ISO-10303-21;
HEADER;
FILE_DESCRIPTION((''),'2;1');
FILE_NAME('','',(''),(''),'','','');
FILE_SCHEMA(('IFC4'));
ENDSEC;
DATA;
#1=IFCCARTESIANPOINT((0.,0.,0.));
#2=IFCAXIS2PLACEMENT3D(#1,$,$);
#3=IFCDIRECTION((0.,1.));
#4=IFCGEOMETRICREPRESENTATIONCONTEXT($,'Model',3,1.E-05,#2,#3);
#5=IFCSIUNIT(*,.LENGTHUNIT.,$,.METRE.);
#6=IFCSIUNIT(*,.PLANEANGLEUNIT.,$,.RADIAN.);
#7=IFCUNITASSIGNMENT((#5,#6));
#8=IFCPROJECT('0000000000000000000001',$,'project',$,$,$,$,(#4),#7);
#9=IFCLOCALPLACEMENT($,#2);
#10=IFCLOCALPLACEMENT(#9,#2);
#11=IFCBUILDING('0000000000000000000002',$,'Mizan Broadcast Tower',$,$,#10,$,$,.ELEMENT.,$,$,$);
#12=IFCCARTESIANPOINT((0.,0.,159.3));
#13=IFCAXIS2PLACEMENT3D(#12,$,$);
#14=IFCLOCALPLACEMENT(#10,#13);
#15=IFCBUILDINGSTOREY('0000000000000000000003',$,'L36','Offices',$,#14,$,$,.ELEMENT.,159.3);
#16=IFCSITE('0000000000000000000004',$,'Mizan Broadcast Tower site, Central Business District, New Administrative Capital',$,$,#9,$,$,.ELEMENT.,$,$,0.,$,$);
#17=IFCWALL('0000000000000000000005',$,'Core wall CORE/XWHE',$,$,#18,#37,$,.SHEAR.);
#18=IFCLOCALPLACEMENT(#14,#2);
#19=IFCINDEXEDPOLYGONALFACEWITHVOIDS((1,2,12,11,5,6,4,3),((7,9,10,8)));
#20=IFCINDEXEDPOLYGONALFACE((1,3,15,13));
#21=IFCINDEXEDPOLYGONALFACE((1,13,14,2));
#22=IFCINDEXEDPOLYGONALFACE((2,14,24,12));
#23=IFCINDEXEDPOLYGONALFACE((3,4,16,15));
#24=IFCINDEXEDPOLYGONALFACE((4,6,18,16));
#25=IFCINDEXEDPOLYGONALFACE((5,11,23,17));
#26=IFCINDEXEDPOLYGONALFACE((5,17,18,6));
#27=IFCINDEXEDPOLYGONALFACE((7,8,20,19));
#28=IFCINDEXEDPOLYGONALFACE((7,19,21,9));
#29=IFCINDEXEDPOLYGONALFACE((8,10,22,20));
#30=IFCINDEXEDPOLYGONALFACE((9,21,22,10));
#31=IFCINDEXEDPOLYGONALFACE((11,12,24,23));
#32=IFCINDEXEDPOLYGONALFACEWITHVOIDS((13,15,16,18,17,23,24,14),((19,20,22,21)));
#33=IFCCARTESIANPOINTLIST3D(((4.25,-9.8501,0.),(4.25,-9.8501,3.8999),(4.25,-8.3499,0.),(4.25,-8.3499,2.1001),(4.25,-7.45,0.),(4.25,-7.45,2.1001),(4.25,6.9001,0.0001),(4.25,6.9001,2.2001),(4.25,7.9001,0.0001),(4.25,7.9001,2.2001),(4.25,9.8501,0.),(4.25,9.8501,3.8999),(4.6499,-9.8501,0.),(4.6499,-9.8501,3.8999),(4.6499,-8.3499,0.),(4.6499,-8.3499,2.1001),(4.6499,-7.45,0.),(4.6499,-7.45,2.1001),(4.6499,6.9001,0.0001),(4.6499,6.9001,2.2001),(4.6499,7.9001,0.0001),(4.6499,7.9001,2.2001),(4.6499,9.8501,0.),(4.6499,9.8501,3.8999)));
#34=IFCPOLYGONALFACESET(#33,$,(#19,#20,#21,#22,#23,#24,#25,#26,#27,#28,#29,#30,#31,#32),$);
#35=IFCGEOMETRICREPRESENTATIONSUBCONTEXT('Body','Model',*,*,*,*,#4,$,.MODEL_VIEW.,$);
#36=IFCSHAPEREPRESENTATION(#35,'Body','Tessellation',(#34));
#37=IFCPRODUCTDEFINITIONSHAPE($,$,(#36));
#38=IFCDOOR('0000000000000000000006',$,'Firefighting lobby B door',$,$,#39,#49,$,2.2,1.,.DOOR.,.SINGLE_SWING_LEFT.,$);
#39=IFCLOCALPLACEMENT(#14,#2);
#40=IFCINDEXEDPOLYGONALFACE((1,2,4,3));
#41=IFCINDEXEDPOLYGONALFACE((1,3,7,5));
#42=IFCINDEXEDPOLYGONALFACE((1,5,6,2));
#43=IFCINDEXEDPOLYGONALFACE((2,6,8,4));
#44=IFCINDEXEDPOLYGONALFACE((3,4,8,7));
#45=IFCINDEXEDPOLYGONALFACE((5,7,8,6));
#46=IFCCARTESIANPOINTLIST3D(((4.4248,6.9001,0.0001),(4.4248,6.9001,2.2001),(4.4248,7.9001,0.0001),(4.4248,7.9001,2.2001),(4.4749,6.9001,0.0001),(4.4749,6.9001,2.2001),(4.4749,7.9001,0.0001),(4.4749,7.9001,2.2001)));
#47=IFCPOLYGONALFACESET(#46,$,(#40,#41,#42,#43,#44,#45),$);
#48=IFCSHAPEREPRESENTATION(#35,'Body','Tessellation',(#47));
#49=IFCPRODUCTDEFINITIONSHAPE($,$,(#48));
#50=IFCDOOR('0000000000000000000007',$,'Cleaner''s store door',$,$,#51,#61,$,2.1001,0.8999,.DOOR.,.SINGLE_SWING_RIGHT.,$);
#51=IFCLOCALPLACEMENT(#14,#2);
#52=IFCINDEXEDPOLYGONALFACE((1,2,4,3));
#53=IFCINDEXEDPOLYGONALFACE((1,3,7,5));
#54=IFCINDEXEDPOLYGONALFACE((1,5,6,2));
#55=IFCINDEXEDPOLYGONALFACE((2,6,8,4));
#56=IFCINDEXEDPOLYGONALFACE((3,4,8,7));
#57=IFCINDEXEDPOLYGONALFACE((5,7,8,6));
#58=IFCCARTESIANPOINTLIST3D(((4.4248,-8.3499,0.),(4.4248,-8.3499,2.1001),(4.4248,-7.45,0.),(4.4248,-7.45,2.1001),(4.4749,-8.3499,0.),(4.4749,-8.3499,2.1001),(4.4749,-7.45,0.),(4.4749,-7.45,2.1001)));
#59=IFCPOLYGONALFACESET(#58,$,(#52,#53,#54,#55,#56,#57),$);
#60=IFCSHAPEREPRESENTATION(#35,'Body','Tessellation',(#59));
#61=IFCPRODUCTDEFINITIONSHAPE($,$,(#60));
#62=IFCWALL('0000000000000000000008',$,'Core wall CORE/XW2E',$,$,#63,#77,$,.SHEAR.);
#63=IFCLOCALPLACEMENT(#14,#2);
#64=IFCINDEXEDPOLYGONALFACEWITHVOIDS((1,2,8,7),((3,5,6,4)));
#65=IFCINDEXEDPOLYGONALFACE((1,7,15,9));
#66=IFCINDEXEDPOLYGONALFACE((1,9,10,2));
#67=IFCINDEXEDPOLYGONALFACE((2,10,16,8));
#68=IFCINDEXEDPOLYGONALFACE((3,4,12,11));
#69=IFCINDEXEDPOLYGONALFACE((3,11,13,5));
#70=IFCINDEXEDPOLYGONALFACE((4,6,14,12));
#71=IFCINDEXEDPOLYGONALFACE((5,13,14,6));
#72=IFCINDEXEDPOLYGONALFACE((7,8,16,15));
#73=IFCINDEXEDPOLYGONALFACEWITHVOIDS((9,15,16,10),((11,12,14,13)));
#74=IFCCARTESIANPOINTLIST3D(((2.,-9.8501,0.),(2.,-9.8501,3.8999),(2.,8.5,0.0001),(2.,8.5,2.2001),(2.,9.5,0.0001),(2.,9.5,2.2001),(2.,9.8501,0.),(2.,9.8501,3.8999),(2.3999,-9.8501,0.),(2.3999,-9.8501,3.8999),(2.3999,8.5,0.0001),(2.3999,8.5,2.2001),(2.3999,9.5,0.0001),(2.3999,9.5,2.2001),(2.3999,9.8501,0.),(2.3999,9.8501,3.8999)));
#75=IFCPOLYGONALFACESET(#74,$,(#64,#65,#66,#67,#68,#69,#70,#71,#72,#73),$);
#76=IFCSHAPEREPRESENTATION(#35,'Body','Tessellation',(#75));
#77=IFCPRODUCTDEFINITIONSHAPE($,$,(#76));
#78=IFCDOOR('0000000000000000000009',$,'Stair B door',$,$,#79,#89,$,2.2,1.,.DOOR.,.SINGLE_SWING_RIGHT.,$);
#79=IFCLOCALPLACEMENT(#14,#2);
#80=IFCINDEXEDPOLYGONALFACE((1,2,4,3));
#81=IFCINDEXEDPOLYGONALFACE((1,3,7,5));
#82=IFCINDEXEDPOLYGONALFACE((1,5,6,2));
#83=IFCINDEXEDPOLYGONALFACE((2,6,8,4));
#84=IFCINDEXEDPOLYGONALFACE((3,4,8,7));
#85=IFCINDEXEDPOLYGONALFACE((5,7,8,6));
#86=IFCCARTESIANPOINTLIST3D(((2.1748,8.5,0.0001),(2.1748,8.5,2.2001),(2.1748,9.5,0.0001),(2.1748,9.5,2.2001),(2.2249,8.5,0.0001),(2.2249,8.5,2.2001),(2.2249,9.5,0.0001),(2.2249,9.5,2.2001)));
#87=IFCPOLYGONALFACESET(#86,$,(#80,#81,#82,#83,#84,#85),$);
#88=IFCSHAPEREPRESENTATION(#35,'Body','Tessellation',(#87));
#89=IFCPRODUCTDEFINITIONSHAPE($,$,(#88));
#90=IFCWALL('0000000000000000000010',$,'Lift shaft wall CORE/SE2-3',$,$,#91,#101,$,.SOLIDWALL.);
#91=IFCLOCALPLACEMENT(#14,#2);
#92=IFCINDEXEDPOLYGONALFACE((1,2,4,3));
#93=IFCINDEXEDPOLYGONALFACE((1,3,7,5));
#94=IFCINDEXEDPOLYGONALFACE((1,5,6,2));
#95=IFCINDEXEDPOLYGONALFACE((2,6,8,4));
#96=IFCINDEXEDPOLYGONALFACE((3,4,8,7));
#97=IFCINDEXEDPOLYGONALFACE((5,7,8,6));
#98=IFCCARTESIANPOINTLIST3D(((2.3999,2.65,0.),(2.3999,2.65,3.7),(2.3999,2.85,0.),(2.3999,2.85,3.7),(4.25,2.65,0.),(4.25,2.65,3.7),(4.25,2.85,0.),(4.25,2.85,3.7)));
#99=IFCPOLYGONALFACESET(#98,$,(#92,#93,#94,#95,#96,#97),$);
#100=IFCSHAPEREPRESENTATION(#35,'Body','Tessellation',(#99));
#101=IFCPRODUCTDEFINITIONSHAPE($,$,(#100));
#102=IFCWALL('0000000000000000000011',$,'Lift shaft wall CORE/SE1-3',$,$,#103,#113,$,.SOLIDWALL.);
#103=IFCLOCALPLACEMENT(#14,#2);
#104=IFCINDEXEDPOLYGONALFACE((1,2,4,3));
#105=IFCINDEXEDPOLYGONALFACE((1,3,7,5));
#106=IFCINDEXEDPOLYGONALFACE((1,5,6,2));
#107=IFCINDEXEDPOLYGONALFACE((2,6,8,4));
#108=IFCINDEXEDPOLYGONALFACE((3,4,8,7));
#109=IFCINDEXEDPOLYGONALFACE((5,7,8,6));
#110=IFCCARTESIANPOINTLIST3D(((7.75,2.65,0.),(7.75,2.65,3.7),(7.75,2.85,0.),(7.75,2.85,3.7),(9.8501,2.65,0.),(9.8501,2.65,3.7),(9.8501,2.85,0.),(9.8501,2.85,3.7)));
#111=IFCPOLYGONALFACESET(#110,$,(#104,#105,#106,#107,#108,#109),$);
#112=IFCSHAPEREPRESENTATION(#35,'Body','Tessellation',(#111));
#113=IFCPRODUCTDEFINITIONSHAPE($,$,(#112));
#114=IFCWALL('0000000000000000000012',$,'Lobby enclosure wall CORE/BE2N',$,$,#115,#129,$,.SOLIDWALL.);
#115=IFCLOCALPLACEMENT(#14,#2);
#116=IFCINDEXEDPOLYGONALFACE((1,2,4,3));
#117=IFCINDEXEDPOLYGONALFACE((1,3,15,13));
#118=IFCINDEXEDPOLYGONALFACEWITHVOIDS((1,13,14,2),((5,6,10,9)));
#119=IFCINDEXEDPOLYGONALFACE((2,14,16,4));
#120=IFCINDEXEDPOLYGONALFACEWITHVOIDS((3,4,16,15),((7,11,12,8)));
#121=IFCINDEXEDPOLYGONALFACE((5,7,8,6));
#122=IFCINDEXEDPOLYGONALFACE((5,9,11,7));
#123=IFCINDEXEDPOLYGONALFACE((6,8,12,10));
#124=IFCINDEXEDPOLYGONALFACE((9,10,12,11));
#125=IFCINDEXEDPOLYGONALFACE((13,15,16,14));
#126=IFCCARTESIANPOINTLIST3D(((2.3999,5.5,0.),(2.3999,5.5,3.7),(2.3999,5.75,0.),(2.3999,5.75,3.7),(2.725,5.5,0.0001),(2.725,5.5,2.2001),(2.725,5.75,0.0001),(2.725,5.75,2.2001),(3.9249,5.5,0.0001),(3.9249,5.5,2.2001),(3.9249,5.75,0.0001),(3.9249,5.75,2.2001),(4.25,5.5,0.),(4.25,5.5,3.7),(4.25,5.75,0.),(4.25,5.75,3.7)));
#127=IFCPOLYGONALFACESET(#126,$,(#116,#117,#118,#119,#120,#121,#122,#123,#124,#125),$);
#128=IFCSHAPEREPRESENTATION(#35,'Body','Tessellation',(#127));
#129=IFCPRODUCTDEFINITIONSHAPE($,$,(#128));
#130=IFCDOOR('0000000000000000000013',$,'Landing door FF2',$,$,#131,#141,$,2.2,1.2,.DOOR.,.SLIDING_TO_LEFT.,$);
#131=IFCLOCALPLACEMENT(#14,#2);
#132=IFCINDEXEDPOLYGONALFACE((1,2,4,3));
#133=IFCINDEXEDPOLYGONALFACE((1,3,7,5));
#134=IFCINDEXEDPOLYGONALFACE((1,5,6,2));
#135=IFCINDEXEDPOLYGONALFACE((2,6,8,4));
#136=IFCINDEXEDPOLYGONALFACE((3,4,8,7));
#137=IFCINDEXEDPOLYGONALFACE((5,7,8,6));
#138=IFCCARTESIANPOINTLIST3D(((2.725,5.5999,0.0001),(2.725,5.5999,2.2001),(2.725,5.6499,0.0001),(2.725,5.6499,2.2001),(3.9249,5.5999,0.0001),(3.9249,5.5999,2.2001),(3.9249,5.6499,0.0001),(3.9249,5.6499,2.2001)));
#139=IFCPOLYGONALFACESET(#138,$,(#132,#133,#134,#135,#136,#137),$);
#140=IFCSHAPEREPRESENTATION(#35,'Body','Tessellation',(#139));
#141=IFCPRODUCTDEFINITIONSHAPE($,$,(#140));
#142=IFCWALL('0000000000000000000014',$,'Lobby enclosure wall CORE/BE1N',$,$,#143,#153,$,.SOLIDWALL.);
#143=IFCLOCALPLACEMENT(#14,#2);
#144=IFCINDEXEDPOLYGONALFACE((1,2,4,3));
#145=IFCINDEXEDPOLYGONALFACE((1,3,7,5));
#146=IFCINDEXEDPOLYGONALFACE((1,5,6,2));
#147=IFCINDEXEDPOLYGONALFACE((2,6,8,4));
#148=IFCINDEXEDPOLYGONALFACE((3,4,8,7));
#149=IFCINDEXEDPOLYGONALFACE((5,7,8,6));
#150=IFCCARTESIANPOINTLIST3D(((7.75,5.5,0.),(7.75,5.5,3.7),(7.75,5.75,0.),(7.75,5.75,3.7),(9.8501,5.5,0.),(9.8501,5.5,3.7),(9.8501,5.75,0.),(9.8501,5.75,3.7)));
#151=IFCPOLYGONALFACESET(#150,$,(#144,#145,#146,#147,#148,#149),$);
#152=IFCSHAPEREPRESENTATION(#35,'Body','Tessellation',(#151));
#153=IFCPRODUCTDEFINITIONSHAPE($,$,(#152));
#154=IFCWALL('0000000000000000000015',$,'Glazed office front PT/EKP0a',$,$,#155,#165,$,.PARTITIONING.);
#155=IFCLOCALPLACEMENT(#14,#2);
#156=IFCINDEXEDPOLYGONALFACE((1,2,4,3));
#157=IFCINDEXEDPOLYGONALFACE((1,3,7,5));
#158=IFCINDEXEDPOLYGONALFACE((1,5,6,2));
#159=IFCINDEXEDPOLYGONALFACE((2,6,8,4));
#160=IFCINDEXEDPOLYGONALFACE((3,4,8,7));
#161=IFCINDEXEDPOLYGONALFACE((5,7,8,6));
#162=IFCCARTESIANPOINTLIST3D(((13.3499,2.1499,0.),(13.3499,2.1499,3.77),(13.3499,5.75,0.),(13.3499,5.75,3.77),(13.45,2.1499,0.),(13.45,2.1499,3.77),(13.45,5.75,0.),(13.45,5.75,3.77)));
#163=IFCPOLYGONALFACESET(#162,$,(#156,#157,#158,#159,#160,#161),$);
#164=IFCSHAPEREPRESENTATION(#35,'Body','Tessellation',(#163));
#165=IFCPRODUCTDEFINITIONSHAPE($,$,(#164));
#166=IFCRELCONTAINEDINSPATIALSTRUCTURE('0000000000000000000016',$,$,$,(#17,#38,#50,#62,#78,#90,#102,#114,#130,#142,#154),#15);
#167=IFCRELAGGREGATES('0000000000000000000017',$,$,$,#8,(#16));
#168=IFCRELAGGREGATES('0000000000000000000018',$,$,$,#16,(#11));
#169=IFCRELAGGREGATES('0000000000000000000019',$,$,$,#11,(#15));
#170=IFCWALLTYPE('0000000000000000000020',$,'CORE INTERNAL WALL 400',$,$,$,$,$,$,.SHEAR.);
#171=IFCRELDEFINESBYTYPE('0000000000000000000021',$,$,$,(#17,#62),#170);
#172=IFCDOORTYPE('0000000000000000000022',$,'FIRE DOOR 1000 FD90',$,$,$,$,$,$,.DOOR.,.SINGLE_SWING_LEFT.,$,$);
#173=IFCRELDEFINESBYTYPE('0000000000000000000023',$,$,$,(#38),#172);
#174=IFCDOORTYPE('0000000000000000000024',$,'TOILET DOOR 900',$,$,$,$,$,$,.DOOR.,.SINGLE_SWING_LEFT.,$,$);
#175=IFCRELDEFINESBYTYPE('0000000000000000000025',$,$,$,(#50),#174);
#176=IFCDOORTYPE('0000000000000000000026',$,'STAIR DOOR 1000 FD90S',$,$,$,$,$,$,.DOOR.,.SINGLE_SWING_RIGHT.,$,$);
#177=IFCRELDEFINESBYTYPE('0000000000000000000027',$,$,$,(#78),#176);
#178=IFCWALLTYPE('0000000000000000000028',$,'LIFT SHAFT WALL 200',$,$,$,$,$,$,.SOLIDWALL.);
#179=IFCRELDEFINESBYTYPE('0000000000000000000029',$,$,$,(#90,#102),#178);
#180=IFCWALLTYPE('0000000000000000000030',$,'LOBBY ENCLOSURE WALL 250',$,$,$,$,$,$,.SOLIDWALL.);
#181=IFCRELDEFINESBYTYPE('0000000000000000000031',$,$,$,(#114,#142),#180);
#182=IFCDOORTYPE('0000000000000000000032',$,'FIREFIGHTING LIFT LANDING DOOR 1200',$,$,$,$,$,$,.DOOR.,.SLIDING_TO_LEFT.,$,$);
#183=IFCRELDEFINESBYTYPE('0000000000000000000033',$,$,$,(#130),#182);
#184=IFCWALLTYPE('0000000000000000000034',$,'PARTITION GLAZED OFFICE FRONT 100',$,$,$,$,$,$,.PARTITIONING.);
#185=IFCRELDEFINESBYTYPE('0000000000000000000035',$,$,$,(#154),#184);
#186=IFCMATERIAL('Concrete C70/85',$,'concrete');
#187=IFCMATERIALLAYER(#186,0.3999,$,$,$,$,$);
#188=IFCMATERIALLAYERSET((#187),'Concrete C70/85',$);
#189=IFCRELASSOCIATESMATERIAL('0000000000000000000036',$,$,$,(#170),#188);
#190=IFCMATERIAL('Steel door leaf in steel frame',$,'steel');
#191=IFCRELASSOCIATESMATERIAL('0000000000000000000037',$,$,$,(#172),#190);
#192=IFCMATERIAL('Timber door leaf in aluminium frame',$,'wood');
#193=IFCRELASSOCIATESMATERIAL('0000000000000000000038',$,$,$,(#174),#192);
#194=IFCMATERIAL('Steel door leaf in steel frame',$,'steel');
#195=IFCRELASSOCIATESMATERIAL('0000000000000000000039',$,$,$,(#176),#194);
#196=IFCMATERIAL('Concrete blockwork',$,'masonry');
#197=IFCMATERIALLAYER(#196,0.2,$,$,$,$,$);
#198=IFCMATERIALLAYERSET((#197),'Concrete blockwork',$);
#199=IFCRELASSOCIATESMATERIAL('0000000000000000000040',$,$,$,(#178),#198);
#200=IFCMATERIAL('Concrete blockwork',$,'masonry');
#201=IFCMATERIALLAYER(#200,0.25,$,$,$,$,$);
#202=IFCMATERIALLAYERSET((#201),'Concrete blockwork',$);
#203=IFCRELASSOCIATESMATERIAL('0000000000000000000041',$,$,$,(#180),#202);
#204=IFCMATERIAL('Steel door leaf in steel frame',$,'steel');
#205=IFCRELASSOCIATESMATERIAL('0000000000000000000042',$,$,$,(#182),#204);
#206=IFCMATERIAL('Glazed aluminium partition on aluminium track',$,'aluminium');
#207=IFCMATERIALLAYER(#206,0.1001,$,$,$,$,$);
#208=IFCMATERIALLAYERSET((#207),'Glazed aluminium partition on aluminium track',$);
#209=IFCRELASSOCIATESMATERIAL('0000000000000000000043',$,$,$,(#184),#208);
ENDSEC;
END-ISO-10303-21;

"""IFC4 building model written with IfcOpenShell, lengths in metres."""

from ifc_helpers import new_model, si_unit, direction, frame, frame_2d, origin, place, context, subcontext, project, spatial, rectangle, extrude, material, layer, layer_set, type_object, element, fill, save


model = new_model("IFC4")

# Units and contexts
model_context = context("Model", 3, precision=1e-05, world=origin(), true_north=direction((0.0, 1.0)))
body_context = subcontext(model_context, "Body", "Model", "MODEL_VIEW")
ifc_project = project(units=[si_unit("LENGTHUNIT", "METRE"), si_unit("PLANEANGLEUNIT", "RADIAN")], contexts=[model_context])

# Site, building, storey
site_placement = place(None, origin())
site = spatial("IfcSite", under=ifc_project, at=site_placement, Name="Mizan Broadcast Tower site, Central Business District, New Administrative Capital", CompositionType="ELEMENT", RefElevation=0.0)
building_placement = place(site_placement, origin())
building = spatial("IfcBuilding", under=site, at=building_placement, Name="Mizan Broadcast Tower", CompositionType="ELEMENT")
storey_placement = place(building_placement, frame((0.0, 0.0, 159.3)))
storey = spatial("IfcBuildingStorey", under=building, at=storey_placement, Name="L36", Description="Offices", CompositionType="ELEMENT", Elevation=159.3)

# Wall, openings, doors
ifc_material_1 = material(Name="Concrete C70/85", Category="concrete")
ifc_layer_1 = layer(ifc_material_1, 0.3999)
ifc_layer_set_1 = layer_set([ifc_layer_1], Name="Concrete C70/85")
wall_type_1 = type_object("IfcWallType", Name="CORE INTERNAL WALL 400", PredefinedType="SHEAR", material=ifc_layer_set_1)
wall_1_placement = place(storey_placement, frame((4.45, 9.8501, 0.0), z_axis=(0.0, 0.0, 1.0), x_axis=(0.0, -1.0, 0.0)))
wall_1 = element("IfcWall", 1, at=wall_1_placement, inside=storey, type_object=wall_type_1, Name="Core wall CORE/XWHE", PredefinedType="SHEAR", context=body_context, shape_type="SweptSolid", body=[
    extrude(rectangle(XDim=19.7002, YDim=0.3999, at=frame_2d((9.8501, 0.0))), origin(), (0.0, 0.0, 1.0), 3.8999),
])
opening_1_placement = place(wall_1_placement, frame((1.95, 0.0, 0.0)))
opening_1 = element("IfcOpeningElement", 2, at=opening_1_placement, cuts=wall_1, PredefinedType="OPENING", context=body_context, shape_type="SweptSolid", body=[
    extrude(rectangle(XDim=1.0, YDim=2.2, at=frame_2d((0.5, 1.1001))), frame((0.0, 0.21, 0.0), z_axis=(0.0, -1.0, 0.0), x_axis=(1.0, 0.0, 0.0)), (0.0, 0.0, 1.0), 0.4199),
])
opening_2_placement = place(wall_1_placement, frame((17.3, 0.0, 0.0)))
opening_2 = element("IfcOpeningElement", 3, at=opening_2_placement, cuts=wall_1, PredefinedType="OPENING", context=body_context, shape_type="SweptSolid", body=[
    extrude(rectangle(XDim=0.8999, YDim=2.1001, at=frame_2d((0.45, 1.05))), frame((0.0, 0.21, 0.0), z_axis=(0.0, -1.0, 0.0), x_axis=(1.0, 0.0, 0.0)), (0.0, 0.0, 1.0), 0.4199),
])
ifc_material_2 = material(Name="Steel door leaf in steel frame", Category="steel")
door_type_1 = type_object("IfcDoorType", Name="FIRE DOOR 1000 FD90", OperationType="SINGLE_SWING_LEFT", PredefinedType="DOOR", material=ifc_material_2)
door_1_placement = place(opening_1_placement, origin())
door_1 = element("IfcDoor", 4, at=door_1_placement, inside=storey, type_object=door_type_1, Name="Firefighting lobby B door", OperationType="SINGLE_SWING_LEFT", OverallHeight=2.2, OverallWidth=1.0, PredefinedType="DOOR", context=body_context, shape_type="SweptSolid", body=[
    extrude(rectangle(XDim=1.0, YDim=2.2, at=frame_2d((0.5, 1.1001))), frame((0.0, 0.0249, 0.0), z_axis=(0.0, -1.0, 0.0), x_axis=(1.0, 0.0, 0.0)), (0.0, 0.0, 1.0), 0.05),
])
fill(opening_1, door_1)
ifc_material_3 = material(Name="Timber door leaf in aluminium frame", Category="wood")
door_type_2 = type_object("IfcDoorType", Name="TOILET DOOR 900", OperationType="SINGLE_SWING_LEFT", PredefinedType="DOOR", material=ifc_material_3)
door_2_placement = place(opening_2_placement, origin())
door_2 = element("IfcDoor", 5, at=door_2_placement, inside=storey, type_object=door_type_2, Name="Cleaner's store door", OperationType="SINGLE_SWING_RIGHT", OverallHeight=2.1001, OverallWidth=0.8999, PredefinedType="DOOR", context=body_context, shape_type="SweptSolid", body=[
    extrude(rectangle(XDim=0.8999, YDim=2.1001, at=frame_2d((0.45, 1.05))), frame((0.0, 0.0249, 0.0), z_axis=(0.0, -1.0, 0.0), x_axis=(1.0, 0.0, 0.0)), (0.0, 0.0, 1.0), 0.05),
])
fill(opening_2, door_2)

# Wall, opening, door
wall_2_placement = place(storey_placement, frame((2.2, 9.8501, 0.0), z_axis=(0.0, 0.0, 1.0), x_axis=(0.0, -1.0, 0.0)))
wall_2 = element("IfcWall", 6, at=wall_2_placement, inside=storey, type_object=wall_type_1, Name="Core wall CORE/XW2E", PredefinedType="SHEAR", context=body_context, shape_type="SweptSolid", body=[
    extrude(rectangle(XDim=19.7002, YDim=0.3999, at=frame_2d((9.8501, 0.0))), origin(), (0.0, 0.0, 1.0), 3.8999),
])
opening_3_placement = place(wall_2_placement, frame((0.3501, 0.0, 0.0)))
opening_3 = element("IfcOpeningElement", 7, at=opening_3_placement, cuts=wall_2, PredefinedType="OPENING", context=body_context, shape_type="SweptSolid", body=[
    extrude(rectangle(XDim=1.0, YDim=2.2, at=frame_2d((0.5, 1.1001))), frame((0.0, 0.21, 0.0), z_axis=(0.0, -1.0, 0.0), x_axis=(1.0, 0.0, 0.0)), (0.0, 0.0, 1.0), 0.4199),
])
ifc_material_4 = material(Name="Steel door leaf in steel frame", Category="steel")
door_type_3 = type_object("IfcDoorType", Name="STAIR DOOR 1000 FD90S", OperationType="SINGLE_SWING_RIGHT", PredefinedType="DOOR", material=ifc_material_4)
door_3_placement = place(opening_3_placement, origin())
door_3 = element("IfcDoor", 8, at=door_3_placement, inside=storey, type_object=door_type_3, Name="Stair B door", OperationType="SINGLE_SWING_RIGHT", OverallHeight=2.2, OverallWidth=1.0, PredefinedType="DOOR", context=body_context, shape_type="SweptSolid", body=[
    extrude(rectangle(XDim=1.0, YDim=2.2, at=frame_2d((0.5, 1.1001))), frame((0.0, 0.0249, 0.0), z_axis=(0.0, -1.0, 0.0), x_axis=(1.0, 0.0, 0.0)), (0.0, 0.0, 1.0), 0.05),
])
fill(opening_3, door_3)

# Walls
ifc_material_5 = material(Name="Concrete blockwork", Category="masonry")
ifc_layer_2 = layer(ifc_material_5, 0.2)
ifc_layer_set_2 = layer_set([ifc_layer_2], Name="Concrete blockwork")
wall_type_2 = type_object("IfcWallType", Name="LIFT SHAFT WALL 200", PredefinedType="SOLIDWALL", material=ifc_layer_set_2)
wall_3_placement = place(storey_placement, frame((2.3999, 2.75, 0.0), z_axis=(0.0, 0.0, 1.0), x_axis=(1.0, 0.0, 0.0)))
element("IfcWall", 9, at=wall_3_placement, inside=storey, type_object=wall_type_2, Name="Lift shaft wall CORE/SE2-3", PredefinedType="SOLIDWALL", context=body_context, shape_type="SweptSolid", body=[
    extrude(rectangle(XDim=1.8501, YDim=0.2, at=frame_2d((0.925, 0.0))), origin(), (0.0, 0.0, 1.0), 3.7),
])
wall_4_placement = place(storey_placement, frame((7.75, 2.75, 0.0), z_axis=(0.0, 0.0, 1.0), x_axis=(1.0, 0.0, 0.0)))
element("IfcWall", 10, at=wall_4_placement, inside=storey, type_object=wall_type_2, Name="Lift shaft wall CORE/SE1-3", PredefinedType="SOLIDWALL", context=body_context, shape_type="SweptSolid", body=[
    extrude(rectangle(XDim=2.1001, YDim=0.2, at=frame_2d((1.05, 0.0))), origin(), (0.0, 0.0, 1.0), 3.7),
])

# Wall, opening, door
ifc_material_6 = material(Name="Concrete blockwork", Category="masonry")
ifc_layer_3 = layer(ifc_material_6, 0.25)
ifc_layer_set_3 = layer_set([ifc_layer_3], Name="Concrete blockwork")
wall_type_3 = type_object("IfcWallType", Name="LOBBY ENCLOSURE WALL 250", PredefinedType="SOLIDWALL", material=ifc_layer_set_3)
wall_5_placement = place(storey_placement, frame((2.3999, 5.625, 0.0), z_axis=(0.0, 0.0, 1.0), x_axis=(1.0, 0.0, 0.0)))
wall_5 = element("IfcWall", 11, at=wall_5_placement, inside=storey, type_object=wall_type_3, Name="Lobby enclosure wall CORE/BE2N", PredefinedType="SOLIDWALL", context=body_context, shape_type="SweptSolid", body=[
    extrude(rectangle(XDim=1.8501, YDim=0.25, at=frame_2d((0.925, 0.0))), origin(), (0.0, 0.0, 1.0), 3.7),
])
opening_4_placement = place(wall_5_placement, frame((0.325, 0.0, 0.0)))
opening_4 = element("IfcOpeningElement", 12, at=opening_4_placement, cuts=wall_5, PredefinedType="OPENING", context=body_context, shape_type="SweptSolid", body=[
    extrude(rectangle(XDim=1.2, YDim=2.2, at=frame_2d((0.6001, 1.1001))), frame((0.0, 0.135, 0.0), z_axis=(0.0, -1.0, 0.0), x_axis=(1.0, 0.0, 0.0)), (0.0, 0.0, 1.0), 0.27),
])
ifc_material_7 = material(Name="Steel door leaf in steel frame", Category="steel")
door_type_4 = type_object("IfcDoorType", Name="FIREFIGHTING LIFT LANDING DOOR 1200", OperationType="SLIDING_TO_LEFT", PredefinedType="DOOR", material=ifc_material_7)
door_4_placement = place(opening_4_placement, origin())
door_4 = element("IfcDoor", 13, at=door_4_placement, inside=storey, type_object=door_type_4, Name="Landing door FF2", OperationType="SLIDING_TO_LEFT", OverallHeight=2.2, OverallWidth=1.2, PredefinedType="DOOR", context=body_context, shape_type="SweptSolid", body=[
    extrude(rectangle(XDim=1.2, YDim=2.2, at=frame_2d((0.6001, 1.1001))), frame((0.0, 0.0249, 0.0), z_axis=(0.0, -1.0, 0.0), x_axis=(1.0, 0.0, 0.0)), (0.0, 0.0, 1.0), 0.05),
])
fill(opening_4, door_4)

# Walls
wall_6_placement = place(storey_placement, frame((7.75, 5.625, 0.0), z_axis=(0.0, 0.0, 1.0), x_axis=(1.0, 0.0, 0.0)))
element("IfcWall", 14, at=wall_6_placement, inside=storey, type_object=wall_type_3, Name="Lobby enclosure wall CORE/BE1N", PredefinedType="SOLIDWALL", context=body_context, shape_type="SweptSolid", body=[
    extrude(rectangle(XDim=2.1001, YDim=0.25, at=frame_2d((1.05, 0.0))), origin(), (0.0, 0.0, 1.0), 3.7),
])
ifc_material_8 = material(Name="Glazed aluminium partition on aluminium track", Category="aluminium")
ifc_layer_4 = layer(ifc_material_8, 0.1001)
ifc_layer_set_4 = layer_set([ifc_layer_4], Name="Glazed aluminium partition on aluminium track")
wall_type_4 = type_object("IfcWallType", Name="PARTITION GLAZED OFFICE FRONT 100", PredefinedType="PARTITIONING", material=ifc_layer_set_4)
wall_7_placement = place(storey_placement, frame((13.3999, 2.1499, 0.0), z_axis=(0.0, 0.0, 1.0), x_axis=(0.0, 1.0, 0.0)))
element("IfcWall", 15, at=wall_7_placement, inside=storey, type_object=wall_type_4, Name="Glazed office front PT/EKP0a", PredefinedType="PARTITIONING", context=body_context, shape_type="SweptSolid", body=[
    extrude(rectangle(XDim=3.6001, YDim=0.1001, at=frame_2d((1.8, 0.0))), origin(), (0.0, 0.0, 1.0), 3.77),
])

save(model, "model.ifc")
